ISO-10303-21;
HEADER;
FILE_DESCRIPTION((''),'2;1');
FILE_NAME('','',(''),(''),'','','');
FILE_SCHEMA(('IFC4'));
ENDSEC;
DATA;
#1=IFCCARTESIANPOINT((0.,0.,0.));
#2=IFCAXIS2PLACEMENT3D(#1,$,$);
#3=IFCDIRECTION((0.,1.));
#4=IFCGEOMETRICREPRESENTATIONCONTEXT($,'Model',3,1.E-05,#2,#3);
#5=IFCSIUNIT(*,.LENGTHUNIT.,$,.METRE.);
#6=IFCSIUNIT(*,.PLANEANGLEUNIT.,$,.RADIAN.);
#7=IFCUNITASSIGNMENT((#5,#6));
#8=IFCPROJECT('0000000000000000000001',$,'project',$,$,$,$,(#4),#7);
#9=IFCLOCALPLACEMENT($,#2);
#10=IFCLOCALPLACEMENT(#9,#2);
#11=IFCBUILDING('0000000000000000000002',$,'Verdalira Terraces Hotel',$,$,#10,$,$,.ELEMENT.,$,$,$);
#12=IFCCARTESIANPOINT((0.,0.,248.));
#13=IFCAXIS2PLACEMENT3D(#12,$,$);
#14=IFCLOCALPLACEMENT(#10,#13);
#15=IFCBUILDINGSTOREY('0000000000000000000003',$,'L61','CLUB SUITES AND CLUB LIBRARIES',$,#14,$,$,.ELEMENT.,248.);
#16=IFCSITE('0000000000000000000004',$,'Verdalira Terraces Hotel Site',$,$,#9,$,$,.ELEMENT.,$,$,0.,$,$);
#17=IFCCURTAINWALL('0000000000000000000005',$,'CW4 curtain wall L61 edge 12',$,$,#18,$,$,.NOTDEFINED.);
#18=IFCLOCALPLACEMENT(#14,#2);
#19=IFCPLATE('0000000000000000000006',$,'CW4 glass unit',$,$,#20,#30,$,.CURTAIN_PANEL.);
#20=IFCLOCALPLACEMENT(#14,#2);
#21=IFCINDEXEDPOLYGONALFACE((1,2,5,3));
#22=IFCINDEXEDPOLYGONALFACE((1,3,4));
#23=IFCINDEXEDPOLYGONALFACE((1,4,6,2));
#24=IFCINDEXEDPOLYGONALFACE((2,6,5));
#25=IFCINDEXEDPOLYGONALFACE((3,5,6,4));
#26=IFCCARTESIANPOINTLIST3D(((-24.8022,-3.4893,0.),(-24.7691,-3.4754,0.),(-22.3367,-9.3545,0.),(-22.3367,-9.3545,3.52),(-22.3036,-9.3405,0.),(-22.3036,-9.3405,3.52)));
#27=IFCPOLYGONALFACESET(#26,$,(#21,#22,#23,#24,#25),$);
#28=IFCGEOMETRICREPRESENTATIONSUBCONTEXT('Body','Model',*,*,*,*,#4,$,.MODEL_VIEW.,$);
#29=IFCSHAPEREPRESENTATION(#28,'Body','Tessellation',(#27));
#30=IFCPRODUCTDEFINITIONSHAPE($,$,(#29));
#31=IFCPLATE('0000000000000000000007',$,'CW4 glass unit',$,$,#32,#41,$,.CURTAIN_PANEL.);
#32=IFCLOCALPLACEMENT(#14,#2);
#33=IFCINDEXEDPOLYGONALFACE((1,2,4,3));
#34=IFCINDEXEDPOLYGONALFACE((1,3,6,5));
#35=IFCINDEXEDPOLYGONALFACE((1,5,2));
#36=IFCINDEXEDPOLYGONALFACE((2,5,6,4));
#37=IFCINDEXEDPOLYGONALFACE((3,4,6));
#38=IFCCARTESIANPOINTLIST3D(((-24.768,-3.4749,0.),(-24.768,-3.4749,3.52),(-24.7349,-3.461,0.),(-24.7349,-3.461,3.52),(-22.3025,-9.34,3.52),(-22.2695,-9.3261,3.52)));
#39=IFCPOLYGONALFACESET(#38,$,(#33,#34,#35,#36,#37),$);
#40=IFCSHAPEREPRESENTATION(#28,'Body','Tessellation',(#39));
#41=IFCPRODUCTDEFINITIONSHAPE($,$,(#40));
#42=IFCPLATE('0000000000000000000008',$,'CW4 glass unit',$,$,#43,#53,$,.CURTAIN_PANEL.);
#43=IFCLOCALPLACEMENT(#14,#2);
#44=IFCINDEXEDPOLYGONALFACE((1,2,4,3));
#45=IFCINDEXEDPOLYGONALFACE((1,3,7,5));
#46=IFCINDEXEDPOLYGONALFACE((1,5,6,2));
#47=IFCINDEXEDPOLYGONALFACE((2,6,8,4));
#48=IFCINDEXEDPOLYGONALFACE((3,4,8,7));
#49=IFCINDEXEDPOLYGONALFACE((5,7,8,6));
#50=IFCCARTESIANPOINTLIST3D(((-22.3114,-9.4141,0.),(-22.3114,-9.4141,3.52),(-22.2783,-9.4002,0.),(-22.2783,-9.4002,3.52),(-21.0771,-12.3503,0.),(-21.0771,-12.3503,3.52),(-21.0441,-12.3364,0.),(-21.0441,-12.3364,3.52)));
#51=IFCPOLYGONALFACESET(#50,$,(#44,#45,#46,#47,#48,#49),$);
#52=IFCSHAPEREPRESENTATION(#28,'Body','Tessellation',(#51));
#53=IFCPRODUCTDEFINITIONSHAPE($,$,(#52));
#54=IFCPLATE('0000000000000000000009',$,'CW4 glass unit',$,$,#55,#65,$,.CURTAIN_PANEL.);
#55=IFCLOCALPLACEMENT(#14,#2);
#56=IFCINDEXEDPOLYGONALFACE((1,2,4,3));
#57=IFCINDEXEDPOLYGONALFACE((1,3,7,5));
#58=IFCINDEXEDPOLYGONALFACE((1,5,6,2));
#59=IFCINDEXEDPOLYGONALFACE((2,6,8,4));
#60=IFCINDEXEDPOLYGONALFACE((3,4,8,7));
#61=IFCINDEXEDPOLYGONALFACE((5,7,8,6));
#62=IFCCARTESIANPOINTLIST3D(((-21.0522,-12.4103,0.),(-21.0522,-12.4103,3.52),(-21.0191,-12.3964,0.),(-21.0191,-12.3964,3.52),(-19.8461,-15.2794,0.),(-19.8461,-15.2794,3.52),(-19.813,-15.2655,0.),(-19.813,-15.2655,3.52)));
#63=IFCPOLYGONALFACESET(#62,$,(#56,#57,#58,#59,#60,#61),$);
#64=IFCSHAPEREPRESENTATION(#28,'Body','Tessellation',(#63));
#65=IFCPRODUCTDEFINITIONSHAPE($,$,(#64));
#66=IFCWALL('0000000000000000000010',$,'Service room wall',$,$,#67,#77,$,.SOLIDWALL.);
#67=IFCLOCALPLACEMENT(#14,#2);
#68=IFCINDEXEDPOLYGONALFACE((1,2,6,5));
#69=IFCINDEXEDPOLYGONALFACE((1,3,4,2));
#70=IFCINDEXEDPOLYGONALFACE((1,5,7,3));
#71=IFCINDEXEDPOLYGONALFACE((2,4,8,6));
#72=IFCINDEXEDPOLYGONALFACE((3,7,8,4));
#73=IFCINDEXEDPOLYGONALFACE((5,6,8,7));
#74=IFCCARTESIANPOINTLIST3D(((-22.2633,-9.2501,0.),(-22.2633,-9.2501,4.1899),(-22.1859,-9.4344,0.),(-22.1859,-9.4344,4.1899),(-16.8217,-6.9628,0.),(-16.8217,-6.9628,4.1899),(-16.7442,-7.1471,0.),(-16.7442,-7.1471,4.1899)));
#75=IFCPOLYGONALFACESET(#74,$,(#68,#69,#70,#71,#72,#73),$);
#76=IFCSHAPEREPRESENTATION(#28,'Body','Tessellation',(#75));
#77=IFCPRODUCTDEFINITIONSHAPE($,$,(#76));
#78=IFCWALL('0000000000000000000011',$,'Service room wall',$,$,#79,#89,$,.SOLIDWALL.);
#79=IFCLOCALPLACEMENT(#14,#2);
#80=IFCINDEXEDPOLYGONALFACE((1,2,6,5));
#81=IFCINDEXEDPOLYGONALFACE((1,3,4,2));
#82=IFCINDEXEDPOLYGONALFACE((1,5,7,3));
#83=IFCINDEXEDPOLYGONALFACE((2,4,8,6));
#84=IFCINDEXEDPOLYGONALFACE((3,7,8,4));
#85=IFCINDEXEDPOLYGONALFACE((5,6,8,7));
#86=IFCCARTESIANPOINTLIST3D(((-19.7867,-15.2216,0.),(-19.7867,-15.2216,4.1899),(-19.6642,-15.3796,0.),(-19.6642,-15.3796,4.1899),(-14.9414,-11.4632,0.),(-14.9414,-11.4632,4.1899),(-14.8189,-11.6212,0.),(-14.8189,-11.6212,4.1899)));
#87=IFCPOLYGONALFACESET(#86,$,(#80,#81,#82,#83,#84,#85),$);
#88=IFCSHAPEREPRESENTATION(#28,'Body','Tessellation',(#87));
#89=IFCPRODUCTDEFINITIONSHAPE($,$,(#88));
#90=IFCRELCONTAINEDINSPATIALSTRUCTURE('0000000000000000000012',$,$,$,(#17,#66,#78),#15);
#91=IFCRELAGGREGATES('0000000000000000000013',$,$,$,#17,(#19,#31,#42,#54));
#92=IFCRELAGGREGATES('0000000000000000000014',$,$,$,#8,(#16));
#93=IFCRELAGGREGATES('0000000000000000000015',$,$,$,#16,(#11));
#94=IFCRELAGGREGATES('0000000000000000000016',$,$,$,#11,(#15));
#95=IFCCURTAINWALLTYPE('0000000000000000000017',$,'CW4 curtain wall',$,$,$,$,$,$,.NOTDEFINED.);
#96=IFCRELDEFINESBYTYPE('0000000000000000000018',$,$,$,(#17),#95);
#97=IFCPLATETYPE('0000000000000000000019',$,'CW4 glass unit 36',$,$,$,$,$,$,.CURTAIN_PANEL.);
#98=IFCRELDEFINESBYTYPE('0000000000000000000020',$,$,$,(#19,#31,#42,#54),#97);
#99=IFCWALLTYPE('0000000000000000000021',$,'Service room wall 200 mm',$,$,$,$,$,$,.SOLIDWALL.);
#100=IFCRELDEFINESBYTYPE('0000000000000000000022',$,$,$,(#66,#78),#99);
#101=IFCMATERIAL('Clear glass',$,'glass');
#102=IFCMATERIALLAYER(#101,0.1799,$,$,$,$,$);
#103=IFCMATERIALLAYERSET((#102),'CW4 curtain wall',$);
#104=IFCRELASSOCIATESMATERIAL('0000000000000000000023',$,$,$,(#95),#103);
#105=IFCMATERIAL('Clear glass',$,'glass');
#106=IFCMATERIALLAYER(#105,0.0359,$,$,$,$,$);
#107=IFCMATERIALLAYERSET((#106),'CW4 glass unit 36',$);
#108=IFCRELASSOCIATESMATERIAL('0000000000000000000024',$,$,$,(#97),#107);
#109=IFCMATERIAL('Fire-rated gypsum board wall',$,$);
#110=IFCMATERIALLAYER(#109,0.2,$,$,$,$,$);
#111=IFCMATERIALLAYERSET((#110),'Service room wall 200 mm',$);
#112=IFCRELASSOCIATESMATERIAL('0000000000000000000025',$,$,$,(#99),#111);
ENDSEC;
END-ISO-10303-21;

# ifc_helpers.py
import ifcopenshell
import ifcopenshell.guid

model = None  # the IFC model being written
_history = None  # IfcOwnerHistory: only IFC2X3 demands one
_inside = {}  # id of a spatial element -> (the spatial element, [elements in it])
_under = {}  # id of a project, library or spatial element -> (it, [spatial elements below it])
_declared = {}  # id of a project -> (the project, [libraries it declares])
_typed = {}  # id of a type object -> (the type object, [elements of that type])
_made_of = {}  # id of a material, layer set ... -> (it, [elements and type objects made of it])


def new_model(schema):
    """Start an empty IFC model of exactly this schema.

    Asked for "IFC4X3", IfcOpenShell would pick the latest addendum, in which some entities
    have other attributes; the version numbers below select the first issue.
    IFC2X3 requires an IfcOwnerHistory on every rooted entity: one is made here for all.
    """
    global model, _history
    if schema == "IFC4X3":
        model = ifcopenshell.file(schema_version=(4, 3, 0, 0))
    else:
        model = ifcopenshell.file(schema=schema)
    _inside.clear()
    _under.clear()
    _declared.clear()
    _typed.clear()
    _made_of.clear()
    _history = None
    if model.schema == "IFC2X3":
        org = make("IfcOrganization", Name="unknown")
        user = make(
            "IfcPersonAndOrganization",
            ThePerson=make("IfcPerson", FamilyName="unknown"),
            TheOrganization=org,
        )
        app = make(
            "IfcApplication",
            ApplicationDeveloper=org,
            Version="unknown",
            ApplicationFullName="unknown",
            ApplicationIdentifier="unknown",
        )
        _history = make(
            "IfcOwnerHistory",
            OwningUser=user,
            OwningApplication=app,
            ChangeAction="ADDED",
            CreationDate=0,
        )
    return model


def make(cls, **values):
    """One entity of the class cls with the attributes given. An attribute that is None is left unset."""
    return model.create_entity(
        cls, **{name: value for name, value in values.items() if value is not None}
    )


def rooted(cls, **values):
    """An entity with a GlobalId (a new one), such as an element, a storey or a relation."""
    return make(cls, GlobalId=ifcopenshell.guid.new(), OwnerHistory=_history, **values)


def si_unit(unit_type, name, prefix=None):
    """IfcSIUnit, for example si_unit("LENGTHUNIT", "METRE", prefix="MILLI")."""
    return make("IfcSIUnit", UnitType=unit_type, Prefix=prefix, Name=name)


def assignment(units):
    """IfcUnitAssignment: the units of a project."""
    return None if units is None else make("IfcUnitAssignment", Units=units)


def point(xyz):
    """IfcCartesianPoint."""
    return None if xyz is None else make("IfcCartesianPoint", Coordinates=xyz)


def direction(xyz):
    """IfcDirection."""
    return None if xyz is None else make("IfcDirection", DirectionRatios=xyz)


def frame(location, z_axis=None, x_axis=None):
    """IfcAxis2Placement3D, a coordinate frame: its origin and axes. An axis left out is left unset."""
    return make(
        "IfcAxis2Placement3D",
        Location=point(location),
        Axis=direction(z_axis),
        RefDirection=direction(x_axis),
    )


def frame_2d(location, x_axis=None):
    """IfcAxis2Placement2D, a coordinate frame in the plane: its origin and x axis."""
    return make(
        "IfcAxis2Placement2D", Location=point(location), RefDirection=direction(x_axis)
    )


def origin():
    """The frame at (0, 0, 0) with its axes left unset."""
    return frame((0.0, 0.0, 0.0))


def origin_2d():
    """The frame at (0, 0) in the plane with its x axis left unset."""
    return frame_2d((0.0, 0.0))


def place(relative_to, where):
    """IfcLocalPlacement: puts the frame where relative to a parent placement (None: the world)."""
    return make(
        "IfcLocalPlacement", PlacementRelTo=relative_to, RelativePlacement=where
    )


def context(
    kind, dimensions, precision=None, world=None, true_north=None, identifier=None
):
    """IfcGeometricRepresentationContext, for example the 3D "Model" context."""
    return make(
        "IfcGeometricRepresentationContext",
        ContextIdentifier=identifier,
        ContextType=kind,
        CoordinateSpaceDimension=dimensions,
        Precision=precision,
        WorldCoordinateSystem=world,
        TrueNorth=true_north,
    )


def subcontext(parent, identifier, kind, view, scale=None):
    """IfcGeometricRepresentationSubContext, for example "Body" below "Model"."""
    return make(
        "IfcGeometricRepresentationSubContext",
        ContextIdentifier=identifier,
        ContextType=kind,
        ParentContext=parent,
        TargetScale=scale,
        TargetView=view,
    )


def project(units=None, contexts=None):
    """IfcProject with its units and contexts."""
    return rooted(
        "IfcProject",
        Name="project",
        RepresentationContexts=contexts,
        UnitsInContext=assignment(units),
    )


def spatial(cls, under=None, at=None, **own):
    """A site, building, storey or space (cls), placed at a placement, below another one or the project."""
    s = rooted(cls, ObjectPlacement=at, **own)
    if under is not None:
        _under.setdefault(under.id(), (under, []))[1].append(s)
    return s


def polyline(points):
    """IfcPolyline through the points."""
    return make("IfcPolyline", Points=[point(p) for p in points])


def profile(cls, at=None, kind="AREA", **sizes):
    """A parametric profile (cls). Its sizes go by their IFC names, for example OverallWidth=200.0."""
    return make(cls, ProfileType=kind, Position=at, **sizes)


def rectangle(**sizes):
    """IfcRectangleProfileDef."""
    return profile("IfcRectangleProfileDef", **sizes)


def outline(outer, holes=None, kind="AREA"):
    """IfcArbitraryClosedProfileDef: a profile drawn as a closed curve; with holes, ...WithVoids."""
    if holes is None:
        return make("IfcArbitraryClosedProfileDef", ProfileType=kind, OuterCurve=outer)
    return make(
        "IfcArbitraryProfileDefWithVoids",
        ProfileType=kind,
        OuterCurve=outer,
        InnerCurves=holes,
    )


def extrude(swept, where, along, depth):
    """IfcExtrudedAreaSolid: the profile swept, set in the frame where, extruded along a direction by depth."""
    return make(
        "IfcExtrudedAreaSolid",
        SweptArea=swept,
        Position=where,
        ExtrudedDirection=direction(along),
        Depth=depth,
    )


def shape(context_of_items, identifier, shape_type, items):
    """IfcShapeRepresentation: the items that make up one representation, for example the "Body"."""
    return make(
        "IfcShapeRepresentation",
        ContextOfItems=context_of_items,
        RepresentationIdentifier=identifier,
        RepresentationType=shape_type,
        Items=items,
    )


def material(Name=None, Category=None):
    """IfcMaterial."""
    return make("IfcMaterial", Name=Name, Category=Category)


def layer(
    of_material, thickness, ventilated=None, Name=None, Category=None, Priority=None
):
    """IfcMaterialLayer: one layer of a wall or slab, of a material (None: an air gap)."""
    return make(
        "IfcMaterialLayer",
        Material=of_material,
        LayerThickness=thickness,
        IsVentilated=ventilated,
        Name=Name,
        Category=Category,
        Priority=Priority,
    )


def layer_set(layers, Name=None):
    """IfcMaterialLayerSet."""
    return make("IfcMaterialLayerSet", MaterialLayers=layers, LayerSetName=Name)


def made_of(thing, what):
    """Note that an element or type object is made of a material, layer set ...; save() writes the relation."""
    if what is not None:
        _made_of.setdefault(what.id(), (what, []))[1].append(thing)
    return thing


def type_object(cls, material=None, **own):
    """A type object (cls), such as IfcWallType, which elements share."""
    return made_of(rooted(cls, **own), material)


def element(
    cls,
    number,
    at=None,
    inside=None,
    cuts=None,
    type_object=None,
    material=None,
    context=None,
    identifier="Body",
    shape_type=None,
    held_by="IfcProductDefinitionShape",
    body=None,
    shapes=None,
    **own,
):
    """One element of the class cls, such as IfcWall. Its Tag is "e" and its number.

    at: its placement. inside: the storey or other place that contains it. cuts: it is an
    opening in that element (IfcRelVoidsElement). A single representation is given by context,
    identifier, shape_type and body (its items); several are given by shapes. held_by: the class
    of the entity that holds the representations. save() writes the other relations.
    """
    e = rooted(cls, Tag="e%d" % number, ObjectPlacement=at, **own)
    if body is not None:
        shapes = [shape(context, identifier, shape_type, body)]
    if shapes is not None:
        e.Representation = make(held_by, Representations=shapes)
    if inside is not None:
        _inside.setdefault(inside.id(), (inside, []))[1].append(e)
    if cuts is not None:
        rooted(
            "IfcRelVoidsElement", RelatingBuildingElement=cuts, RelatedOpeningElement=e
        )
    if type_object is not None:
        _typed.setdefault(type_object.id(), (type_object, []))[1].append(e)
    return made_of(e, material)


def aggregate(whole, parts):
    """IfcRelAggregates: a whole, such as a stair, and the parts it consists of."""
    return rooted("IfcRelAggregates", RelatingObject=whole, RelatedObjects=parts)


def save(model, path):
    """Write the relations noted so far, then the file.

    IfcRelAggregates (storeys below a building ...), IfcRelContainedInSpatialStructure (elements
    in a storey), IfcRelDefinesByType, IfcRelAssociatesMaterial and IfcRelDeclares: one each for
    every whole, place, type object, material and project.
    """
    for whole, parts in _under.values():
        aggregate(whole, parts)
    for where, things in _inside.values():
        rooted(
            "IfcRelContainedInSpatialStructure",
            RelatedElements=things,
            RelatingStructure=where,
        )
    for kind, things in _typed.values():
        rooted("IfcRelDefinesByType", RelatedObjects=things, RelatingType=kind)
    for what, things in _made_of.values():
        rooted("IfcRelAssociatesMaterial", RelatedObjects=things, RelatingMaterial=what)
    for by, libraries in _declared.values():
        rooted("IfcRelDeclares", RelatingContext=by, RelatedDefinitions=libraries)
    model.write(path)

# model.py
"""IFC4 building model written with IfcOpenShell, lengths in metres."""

from ifc_helpers import new_model, si_unit, direction, frame, frame_2d, origin, origin_2d, place, context, subcontext, project, spatial, polyline, rectangle, outline, extrude, material, layer, layer_set, type_object, element, aggregate, save


model = new_model("IFC4")

# Units and contexts
model_context = context("Model", 3, precision=1e-05, world=origin(), true_north=direction((0.0, 1.0)))
body_context = subcontext(model_context, "Body", "Model", "MODEL_VIEW")
ifc_project = project(units=[si_unit("LENGTHUNIT", "METRE"), si_unit("PLANEANGLEUNIT", "RADIAN")], contexts=[model_context])

# Site, building, storey
site_placement = place(None, origin())
site = spatial("IfcSite", under=ifc_project, at=site_placement, Name="Verdalira Terraces Hotel Site", CompositionType="ELEMENT", RefElevation=0.0)
building_placement = place(site_placement, origin())
building = spatial("IfcBuilding", under=site, at=building_placement, Name="Verdalira Terraces Hotel", CompositionType="ELEMENT")
storey_placement = place(building_placement, frame((0.0, 0.0, 248.0)))
storey = spatial("IfcBuildingStorey", under=building, at=storey_placement, Name="L61", Description="CLUB SUITES AND CLUB LIBRARIES", CompositionType="ELEMENT", Elevation=248.0)

# Shared definitions
ifc_material_1 = material(Name="Clear glass", Category="glass")
ifc_layer_1 = layer(ifc_material_1, 0.1799)
ifc_layer_set_1 = layer_set([ifc_layer_1], Name="CW4 curtain wall")
curtain_wall_type = type_object("IfcCurtainWallType", Name="CW4 curtain wall", PredefinedType="NOTDEFINED", material=ifc_layer_set_1)

# Curtain wall
curtain_wall_1_placement = place(storey_placement, origin())
curtain_wall_1 = element("IfcCurtainWall", 1, at=curtain_wall_1_placement, inside=storey, type_object=curtain_wall_type, Name="CW4 curtain wall L61 edge 12", PredefinedType="NOTDEFINED")

# Plates
ifc_material_2 = material(Name="Clear glass", Category="glass")
ifc_layer_2 = layer(ifc_material_2, 0.0359)
ifc_layer_set_2 = layer_set([ifc_layer_2], Name="CW4 glass unit 36")
plate_type = type_object("IfcPlateType", Name="CW4 glass unit 36", PredefinedType="CURTAIN_PANEL", material=ifc_layer_set_2)
plate_1_placement = place(storey_placement, frame((-23.5364, -6.408, 1.76), z_axis=(-0.921863, -0.387516, 0.0), x_axis=(0.387516, -0.921863, 0.0)))
plate_1 = element("IfcPlate", 2, at=plate_1_placement, type_object=plate_type, Name="CW4 glass unit", PredefinedType="CURTAIN_PANEL", context=body_context, shape_type="SweptSolid", body=[
    extrude(outline(polyline([(-3.1812, -1.76), (3.1812, -1.76), (3.1812, 1.76), (-3.1812, -1.76)])), origin(), (0.0, 0.0, 1.0), 0.0359),
])
plate_2_placement = place(storey_placement, frame((-23.5022, -6.3936, 1.76), z_axis=(-0.921863, -0.387516, 0.0), x_axis=(0.387516, -0.921863, 0.0)))
plate_2 = element("IfcPlate", 3, at=plate_2_placement, type_object=plate_type, Name="CW4 glass unit", PredefinedType="CURTAIN_PANEL", context=body_context, shape_type="SweptSolid", body=[
    extrude(outline(polyline([(-3.1812, -1.76), (3.1812, 1.76), (-3.1812, 1.76), (-3.1812, -1.76)])), origin(), (0.0, 0.0, 1.0), 0.0359),
])
plate_3_placement = place(storey_placement, frame((-21.6777, -10.8752, 0.0), z_axis=(0.0, 0.0, 1.0), x_axis=(0.387516, -0.921863, 0.0)))
plate_3 = element("IfcPlate", 4, at=plate_3_placement, type_object=plate_type, Name="CW4 glass unit", PredefinedType="CURTAIN_PANEL", context=body_context, shape_type="SweptSolid", body=[
    extrude(rectangle(XDim=3.1851, YDim=0.0359, at=origin_2d()), origin(), (0.0, 0.0, 1.0), 3.52),
])
plate_4_placement = place(storey_placement, frame((-20.4326, -13.8379, 0.0), z_axis=(0.0, 0.0, 1.0), x_axis=(0.387516, -0.921863, 0.0)))
plate_4 = element("IfcPlate", 5, at=plate_4_placement, type_object=plate_type, Name="CW4 glass unit", PredefinedType="CURTAIN_PANEL", context=body_context, shape_type="SweptSolid", body=[
    extrude(rectangle(XDim=3.1123, YDim=0.0359, at=origin_2d()), origin(), (0.0, 0.0, 1.0), 3.52),
])
aggregate(curtain_wall_1, [plate_1, plate_2, plate_3, plate_4])

# Walls
ifc_material_3 = material(Name="Fire-rated gypsum board wall")
ifc_layer_3 = layer(ifc_material_3, 0.2)
ifc_layer_set_3 = layer_set([ifc_layer_3], Name="Service room wall 200 mm")
wall_type = type_object("IfcWallType", Name="Service room wall 200 mm", PredefinedType="SOLIDWALL", material=ifc_layer_set_3)
wall_1_placement = place(storey_placement, frame((-22.2246, -9.3423, 0.0), z_axis=(0.0, 0.0, 1.0), x_axis=(0.92187, 0.3875, 0.0)))
element("IfcWall", 6, at=wall_1_placement, inside=storey, type_object=wall_type, Name="Service room wall", PredefinedType="SOLIDWALL", context=body_context, shape_type="SweptSolid", body=[
    extrude(rectangle(XDim=5.9028, YDim=0.2, at=frame_2d((2.9514, 0.0))), origin(), (0.0, 0.0, 1.0), 4.1899),
])
wall_2_placement = place(storey_placement, frame((-19.7253, -15.3005, 0.0), z_axis=(0.0, 0.0, 1.0), x_axis=(0.790158, 0.612904, 0.0)))
element("IfcWall", 7, at=wall_2_placement, inside=storey, type_object=wall_type, Name="Service room wall", PredefinedType="SOLIDWALL", context=body_context, shape_type="SweptSolid", body=[
    extrude(rectangle(XDim=6.1321, YDim=0.2, at=frame_2d((3.0659, 0.0))), origin(), (0.0, 0.0, 1.0), 4.1899),
])

save(model, "model.ifc")
